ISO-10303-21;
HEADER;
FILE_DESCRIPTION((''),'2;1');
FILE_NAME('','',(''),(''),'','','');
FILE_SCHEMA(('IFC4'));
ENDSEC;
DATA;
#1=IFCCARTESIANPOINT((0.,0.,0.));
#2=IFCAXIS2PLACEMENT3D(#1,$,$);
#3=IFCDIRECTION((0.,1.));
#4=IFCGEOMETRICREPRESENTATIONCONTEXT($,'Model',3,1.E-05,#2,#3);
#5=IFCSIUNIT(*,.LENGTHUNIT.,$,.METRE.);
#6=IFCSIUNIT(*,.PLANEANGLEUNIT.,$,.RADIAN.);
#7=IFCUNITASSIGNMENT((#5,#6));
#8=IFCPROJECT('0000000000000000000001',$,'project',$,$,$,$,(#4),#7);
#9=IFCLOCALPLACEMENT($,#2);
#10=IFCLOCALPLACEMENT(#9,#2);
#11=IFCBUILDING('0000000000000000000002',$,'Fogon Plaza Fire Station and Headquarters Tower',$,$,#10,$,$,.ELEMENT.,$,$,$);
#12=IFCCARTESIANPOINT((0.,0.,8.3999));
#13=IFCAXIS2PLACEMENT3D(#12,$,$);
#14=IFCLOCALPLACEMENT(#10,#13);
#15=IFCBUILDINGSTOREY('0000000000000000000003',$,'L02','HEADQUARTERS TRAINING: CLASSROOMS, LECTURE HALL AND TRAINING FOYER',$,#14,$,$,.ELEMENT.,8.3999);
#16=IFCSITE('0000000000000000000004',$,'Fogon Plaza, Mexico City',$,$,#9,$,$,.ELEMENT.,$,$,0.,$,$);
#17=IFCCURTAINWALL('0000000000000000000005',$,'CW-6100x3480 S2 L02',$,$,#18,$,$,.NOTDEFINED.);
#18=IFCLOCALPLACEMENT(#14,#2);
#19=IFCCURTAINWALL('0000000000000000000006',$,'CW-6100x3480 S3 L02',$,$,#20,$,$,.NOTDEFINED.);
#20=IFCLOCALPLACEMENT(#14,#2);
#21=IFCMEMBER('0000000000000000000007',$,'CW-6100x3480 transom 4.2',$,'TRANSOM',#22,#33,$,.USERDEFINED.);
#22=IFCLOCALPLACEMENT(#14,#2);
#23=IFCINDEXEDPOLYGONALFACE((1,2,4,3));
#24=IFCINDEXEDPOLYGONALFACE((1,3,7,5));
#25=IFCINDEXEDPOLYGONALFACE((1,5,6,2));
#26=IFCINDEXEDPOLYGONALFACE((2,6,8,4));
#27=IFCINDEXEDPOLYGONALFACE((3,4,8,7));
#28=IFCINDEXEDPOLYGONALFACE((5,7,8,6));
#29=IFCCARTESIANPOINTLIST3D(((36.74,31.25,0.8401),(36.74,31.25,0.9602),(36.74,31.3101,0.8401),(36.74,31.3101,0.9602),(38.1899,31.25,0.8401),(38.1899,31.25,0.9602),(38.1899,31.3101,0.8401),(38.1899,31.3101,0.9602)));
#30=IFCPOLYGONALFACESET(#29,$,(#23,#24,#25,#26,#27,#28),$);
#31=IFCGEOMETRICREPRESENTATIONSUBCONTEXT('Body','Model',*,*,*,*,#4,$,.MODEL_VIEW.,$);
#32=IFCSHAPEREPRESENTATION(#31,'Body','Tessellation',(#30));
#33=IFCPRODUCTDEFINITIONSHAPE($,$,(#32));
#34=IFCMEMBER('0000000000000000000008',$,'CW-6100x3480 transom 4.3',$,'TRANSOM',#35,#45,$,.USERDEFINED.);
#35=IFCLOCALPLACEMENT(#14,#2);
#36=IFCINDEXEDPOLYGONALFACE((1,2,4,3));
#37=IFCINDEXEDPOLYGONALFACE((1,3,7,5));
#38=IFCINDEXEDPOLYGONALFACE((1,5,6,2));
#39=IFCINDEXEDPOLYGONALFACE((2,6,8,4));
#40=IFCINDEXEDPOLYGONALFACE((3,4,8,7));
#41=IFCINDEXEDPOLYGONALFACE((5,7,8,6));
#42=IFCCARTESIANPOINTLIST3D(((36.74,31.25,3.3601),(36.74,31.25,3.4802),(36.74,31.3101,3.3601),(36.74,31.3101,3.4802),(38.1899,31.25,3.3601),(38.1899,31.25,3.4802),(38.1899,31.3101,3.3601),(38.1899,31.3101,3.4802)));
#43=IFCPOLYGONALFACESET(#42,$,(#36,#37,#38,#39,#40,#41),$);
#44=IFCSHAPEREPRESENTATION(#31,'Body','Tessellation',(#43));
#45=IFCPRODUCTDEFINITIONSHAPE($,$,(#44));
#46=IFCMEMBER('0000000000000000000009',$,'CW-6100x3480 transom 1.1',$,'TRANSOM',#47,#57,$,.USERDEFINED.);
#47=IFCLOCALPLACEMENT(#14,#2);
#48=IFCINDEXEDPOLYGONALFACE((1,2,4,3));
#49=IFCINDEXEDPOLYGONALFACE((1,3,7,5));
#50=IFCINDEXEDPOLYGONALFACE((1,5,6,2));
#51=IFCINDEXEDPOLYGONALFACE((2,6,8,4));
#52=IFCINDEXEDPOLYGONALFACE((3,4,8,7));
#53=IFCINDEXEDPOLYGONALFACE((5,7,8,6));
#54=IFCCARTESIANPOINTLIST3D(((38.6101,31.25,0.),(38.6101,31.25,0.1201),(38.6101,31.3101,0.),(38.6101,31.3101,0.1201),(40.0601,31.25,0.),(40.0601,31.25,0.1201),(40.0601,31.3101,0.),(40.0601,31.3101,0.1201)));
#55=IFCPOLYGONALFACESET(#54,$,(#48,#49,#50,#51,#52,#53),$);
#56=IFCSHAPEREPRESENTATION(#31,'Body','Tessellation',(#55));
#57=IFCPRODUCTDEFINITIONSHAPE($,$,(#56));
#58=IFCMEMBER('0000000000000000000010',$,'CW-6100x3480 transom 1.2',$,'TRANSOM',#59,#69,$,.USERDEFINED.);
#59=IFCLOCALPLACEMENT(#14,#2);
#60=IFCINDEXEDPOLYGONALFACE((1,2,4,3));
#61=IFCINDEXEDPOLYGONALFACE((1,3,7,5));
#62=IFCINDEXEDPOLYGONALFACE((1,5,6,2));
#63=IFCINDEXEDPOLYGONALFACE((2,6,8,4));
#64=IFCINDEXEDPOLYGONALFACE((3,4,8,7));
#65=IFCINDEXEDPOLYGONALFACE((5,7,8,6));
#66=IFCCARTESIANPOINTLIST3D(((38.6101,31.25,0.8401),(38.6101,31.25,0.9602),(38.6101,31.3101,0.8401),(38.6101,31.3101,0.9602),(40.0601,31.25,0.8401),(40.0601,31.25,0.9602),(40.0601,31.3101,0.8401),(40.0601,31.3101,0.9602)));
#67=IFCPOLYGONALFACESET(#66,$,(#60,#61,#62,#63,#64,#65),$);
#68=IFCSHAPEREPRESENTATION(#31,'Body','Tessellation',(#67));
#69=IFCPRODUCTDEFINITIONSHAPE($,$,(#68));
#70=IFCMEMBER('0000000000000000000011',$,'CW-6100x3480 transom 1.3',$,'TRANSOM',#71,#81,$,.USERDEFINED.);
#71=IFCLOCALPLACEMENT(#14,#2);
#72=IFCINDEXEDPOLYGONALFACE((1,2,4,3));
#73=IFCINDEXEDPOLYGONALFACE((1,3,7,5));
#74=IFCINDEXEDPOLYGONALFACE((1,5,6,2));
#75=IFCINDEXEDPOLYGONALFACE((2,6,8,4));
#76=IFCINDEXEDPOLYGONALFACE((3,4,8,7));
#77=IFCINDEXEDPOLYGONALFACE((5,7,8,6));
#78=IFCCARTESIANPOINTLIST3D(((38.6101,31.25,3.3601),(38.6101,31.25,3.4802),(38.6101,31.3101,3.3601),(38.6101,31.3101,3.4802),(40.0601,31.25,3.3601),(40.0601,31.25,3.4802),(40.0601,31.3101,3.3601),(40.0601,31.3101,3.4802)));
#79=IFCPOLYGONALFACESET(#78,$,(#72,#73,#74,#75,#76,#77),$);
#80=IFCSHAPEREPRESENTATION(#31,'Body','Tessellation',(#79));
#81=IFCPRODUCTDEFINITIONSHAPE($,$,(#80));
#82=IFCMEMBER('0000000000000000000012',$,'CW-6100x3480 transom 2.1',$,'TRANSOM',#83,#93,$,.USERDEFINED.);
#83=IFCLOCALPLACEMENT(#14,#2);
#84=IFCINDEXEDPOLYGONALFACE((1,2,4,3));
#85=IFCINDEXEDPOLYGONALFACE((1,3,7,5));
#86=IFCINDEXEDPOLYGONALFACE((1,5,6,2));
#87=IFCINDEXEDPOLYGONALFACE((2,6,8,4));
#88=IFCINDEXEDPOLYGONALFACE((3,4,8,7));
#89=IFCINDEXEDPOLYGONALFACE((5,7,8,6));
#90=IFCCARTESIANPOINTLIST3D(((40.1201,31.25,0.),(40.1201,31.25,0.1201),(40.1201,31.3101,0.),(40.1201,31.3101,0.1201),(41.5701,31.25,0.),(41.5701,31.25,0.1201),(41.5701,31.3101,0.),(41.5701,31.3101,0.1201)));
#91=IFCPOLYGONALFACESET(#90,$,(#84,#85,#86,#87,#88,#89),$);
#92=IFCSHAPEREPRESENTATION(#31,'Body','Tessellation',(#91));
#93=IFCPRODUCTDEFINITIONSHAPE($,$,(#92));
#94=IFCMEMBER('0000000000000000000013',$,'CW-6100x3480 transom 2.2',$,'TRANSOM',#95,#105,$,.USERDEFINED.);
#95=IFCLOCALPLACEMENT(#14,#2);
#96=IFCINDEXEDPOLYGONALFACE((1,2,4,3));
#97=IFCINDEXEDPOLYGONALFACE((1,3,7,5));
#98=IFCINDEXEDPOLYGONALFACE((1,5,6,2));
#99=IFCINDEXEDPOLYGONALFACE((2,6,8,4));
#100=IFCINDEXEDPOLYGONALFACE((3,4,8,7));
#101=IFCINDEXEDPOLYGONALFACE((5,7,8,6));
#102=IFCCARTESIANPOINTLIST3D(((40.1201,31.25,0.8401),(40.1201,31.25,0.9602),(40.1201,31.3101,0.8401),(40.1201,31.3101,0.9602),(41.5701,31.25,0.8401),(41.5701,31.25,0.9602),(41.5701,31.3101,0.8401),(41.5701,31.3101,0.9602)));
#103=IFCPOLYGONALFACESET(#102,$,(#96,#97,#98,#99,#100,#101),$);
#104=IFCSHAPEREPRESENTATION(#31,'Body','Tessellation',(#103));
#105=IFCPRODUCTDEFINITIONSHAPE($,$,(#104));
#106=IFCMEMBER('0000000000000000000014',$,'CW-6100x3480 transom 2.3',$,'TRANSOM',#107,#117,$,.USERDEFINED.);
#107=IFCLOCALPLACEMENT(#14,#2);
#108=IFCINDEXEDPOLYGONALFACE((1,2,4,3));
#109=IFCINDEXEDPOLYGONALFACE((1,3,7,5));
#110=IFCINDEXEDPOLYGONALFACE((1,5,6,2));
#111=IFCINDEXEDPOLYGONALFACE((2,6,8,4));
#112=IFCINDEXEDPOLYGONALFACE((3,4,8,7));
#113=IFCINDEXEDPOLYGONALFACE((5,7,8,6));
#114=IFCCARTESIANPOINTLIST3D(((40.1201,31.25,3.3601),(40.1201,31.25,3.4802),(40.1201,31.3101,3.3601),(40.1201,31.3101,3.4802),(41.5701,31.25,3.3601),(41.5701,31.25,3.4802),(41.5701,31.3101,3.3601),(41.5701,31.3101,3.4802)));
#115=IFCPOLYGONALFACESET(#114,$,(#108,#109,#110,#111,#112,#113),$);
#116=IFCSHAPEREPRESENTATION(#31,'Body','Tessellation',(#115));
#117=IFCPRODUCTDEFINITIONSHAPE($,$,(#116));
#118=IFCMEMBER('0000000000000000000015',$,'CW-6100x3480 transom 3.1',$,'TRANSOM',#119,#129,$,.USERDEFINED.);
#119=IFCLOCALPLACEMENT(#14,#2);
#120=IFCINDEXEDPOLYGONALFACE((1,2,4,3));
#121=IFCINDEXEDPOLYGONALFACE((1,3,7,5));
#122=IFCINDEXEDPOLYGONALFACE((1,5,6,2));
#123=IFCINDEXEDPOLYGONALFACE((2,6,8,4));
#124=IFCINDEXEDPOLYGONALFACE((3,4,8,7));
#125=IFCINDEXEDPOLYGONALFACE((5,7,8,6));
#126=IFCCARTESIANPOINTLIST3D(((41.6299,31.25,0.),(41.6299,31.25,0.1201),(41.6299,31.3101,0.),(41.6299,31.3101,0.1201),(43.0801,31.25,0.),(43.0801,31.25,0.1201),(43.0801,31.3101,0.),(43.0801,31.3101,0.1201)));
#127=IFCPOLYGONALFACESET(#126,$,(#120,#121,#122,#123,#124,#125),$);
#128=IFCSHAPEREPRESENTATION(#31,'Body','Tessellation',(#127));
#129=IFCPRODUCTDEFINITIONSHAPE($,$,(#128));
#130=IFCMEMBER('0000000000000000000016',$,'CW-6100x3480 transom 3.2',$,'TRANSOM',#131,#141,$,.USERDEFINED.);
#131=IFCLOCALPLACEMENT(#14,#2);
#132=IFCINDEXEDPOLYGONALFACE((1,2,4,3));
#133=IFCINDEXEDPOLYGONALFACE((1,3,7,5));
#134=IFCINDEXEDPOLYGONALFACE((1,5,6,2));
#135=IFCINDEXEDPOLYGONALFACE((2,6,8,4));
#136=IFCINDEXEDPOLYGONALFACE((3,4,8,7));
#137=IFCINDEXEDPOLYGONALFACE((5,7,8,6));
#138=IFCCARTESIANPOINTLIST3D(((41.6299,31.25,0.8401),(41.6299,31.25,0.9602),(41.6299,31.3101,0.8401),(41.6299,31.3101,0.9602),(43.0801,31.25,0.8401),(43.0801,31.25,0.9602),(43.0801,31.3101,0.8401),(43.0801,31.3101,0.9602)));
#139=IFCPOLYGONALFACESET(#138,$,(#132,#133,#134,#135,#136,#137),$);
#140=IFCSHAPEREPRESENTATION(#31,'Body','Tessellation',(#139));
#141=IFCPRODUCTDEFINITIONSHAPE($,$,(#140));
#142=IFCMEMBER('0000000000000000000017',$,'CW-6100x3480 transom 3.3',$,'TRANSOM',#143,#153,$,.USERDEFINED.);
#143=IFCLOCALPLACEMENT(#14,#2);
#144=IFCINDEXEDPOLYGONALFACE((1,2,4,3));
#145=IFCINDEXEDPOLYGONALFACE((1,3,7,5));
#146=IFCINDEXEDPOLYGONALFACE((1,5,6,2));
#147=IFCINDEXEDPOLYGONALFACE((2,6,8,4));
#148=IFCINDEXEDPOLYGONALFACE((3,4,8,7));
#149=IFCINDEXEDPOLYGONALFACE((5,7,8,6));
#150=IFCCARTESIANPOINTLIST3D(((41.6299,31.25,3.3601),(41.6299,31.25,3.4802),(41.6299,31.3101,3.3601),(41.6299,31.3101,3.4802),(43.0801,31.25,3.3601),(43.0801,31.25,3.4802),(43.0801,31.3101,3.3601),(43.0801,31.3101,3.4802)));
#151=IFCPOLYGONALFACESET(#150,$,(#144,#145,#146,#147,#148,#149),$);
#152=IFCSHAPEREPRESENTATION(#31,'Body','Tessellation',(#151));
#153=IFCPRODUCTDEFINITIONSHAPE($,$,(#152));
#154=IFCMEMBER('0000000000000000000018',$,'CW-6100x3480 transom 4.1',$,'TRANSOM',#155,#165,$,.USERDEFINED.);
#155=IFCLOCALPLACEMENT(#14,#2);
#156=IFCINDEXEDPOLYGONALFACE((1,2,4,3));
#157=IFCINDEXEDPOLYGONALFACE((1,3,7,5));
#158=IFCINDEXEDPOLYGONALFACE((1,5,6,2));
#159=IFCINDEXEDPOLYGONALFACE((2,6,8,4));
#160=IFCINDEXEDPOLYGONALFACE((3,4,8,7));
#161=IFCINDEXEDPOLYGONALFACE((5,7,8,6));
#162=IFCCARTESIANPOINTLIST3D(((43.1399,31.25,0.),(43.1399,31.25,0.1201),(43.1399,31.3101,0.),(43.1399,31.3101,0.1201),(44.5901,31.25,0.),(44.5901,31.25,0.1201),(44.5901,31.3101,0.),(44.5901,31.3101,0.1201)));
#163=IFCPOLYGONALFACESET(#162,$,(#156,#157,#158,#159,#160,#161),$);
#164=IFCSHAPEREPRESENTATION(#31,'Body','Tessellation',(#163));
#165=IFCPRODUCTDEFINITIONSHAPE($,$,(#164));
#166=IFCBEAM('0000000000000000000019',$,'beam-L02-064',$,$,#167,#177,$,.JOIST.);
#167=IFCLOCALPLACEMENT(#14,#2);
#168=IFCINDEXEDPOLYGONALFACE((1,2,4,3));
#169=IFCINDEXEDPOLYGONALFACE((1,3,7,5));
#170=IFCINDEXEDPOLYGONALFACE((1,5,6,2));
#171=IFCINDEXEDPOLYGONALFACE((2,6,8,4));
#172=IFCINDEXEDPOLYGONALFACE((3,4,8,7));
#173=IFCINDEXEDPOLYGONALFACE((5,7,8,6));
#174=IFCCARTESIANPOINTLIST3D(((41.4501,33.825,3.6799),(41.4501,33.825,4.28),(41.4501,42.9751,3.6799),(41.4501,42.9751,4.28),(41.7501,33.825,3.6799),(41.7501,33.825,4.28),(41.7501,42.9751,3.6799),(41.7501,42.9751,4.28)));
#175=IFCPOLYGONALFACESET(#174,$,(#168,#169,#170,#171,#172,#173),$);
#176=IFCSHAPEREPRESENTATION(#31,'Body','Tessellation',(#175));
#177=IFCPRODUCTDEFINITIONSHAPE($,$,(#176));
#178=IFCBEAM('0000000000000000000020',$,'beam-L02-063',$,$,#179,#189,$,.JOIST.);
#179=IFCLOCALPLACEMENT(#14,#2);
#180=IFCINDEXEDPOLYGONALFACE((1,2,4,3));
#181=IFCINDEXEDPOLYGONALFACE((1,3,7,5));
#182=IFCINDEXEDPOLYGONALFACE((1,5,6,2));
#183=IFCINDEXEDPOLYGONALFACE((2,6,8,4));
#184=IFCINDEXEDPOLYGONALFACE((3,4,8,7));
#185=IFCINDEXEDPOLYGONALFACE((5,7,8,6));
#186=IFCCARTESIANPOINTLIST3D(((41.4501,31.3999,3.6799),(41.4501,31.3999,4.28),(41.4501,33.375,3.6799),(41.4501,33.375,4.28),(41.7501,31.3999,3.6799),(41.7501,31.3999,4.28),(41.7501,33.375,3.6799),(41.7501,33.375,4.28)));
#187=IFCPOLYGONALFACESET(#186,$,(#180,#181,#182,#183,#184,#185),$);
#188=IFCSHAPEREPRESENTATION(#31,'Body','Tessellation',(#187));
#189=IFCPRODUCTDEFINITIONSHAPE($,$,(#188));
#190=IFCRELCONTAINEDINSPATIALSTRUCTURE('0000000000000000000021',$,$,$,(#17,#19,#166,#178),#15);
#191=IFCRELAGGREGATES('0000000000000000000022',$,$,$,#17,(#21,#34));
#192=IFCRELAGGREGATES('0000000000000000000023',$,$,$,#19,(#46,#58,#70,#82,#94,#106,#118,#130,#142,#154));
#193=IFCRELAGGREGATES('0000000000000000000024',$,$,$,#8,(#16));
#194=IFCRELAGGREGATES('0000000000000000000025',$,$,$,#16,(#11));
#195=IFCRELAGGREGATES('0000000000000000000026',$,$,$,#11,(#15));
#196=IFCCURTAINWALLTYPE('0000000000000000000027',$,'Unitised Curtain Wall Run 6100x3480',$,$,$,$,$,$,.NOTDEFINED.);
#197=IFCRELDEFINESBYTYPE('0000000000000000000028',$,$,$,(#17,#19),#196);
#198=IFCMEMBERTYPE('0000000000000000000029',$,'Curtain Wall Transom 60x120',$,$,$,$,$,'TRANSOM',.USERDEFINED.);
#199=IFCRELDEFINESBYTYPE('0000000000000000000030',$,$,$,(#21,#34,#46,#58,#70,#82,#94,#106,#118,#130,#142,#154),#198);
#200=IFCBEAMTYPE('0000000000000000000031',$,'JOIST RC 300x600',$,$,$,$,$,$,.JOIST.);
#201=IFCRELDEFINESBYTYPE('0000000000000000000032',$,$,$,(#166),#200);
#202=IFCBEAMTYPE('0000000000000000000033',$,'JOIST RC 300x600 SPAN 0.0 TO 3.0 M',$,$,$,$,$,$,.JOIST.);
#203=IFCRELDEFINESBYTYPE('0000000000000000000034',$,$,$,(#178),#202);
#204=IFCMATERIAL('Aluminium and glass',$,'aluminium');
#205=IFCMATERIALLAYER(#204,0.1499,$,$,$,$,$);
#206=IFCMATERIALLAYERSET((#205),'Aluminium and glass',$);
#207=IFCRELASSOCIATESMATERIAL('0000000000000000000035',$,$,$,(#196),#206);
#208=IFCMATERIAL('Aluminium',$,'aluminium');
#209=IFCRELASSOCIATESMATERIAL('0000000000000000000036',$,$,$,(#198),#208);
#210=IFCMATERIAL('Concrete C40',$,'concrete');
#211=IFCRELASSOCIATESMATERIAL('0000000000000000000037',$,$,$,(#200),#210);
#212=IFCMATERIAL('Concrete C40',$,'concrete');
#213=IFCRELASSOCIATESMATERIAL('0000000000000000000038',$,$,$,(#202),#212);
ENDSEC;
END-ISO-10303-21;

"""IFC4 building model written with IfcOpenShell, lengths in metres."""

from ifc_helpers import new_model, si_unit, direction, frame, origin, origin_2d, place, context, subcontext, project, spatial, rectangle, extrude, material, layer, layer_set, material_profile, profile_set, type_object, element, aggregate, save


model = new_model("IFC4")

# Units and contexts
model_context = context("Model", 3, precision=1e-05, world=origin(), true_north=direction((0.0, 1.0)))
body_context = subcontext(model_context, "Body", "Model", "MODEL_VIEW")
ifc_project = project(units=[si_unit("LENGTHUNIT", "METRE"), si_unit("PLANEANGLEUNIT", "RADIAN")], contexts=[model_context])

# Site, building, storey
site_placement = place(None, origin())
site = spatial("IfcSite", under=ifc_project, at=site_placement, Name="Fogon Plaza, Mexico City", CompositionType="ELEMENT", RefElevation=0.0)
building_placement = place(site_placement, origin())
building = spatial("IfcBuilding", under=site, at=building_placement, Name="Fogon Plaza Fire Station and Headquarters Tower", CompositionType="ELEMENT")
storey_placement = place(building_placement, frame((0.0, 0.0, 8.3999)))
storey = spatial("IfcBuildingStorey", under=building, at=storey_placement, Name="L02", Description="HEADQUARTERS TRAINING: CLASSROOMS, LECTURE HALL AND TRAINING FOYER", CompositionType="ELEMENT", Elevation=8.3999)

# Curtain walls
ifc_material_1 = material(Name="Aluminium and glass", Category="aluminium")
ifc_layer_1 = layer(ifc_material_1, 0.1499)
ifc_layer_set_1 = layer_set([ifc_layer_1], Name="Aluminium and glass")
curtain_wall_type = type_object("IfcCurtainWallType", Name="Unitised Curtain Wall Run 6100x3480", PredefinedType="NOTDEFINED", material=ifc_layer_set_1)
curtain_wall_1_placement = place(storey_placement, origin())
curtain_wall_1 = element("IfcCurtainWall", 1, at=curtain_wall_1_placement, inside=storey, type_object=curtain_wall_type, Name="CW-6100x3480 S2 L02", PredefinedType="NOTDEFINED")
curtain_wall_2_placement = place(storey_placement, origin())
curtain_wall_2 = element("IfcCurtainWall", 2, at=curtain_wall_2_placement, inside=storey, type_object=curtain_wall_type, Name="CW-6100x3480 S3 L02", PredefinedType="NOTDEFINED")

# Members
ifc_material_2 = material(Name="Aluminium", Category="aluminium")
ifc_material_profile_1 = material_profile(ifc_material_2, rectangle(XDim=0.0601, YDim=0.1201, at=origin_2d()), Name="Curtain Wall Transom 60x120")
ifc_profile_set_1 = profile_set([ifc_material_profile_1], Name="Aluminium")
member_type_1 = type_object("IfcMemberType", Name="Curtain Wall Transom 60x120", ElementType="TRANSOM", PredefinedType="USERDEFINED", material=ifc_profile_set_1)
member_1_placement = place(storey_placement, frame((36.74, 31.28, 0.9001), z_axis=(1.0, 0.0, 0.0), x_axis=(0.0, 1.0, 0.0)))
member_1 = element("IfcMember", 3, at=member_1_placement, type_object=member_type_1, Name="CW-6100x3480 transom 4.2", ObjectType="TRANSOM", PredefinedType="USERDEFINED", context=body_context, shape_type="SweptSolid", body=[
    extrude(rectangle(XDim=0.0601, YDim=0.1201, at=origin_2d()), origin(), (0.0, 0.0, 1.0), 1.45),
])
member_2_placement = place(storey_placement, frame((36.74, 31.28, 3.4202), z_axis=(1.0, 0.0, 0.0), x_axis=(0.0, 1.0, 0.0)))
member_2 = element("IfcMember", 4, at=member_2_placement, type_object=member_type_1, Name="CW-6100x3480 transom 4.3", ObjectType="TRANSOM", PredefinedType="USERDEFINED", context=body_context, shape_type="SweptSolid", body=[
    extrude(rectangle(XDim=0.0601, YDim=0.1201, at=origin_2d()), origin(), (0.0, 0.0, 1.0), 1.45),
])
member_3_placement = place(storey_placement, frame((38.6101, 31.28, 0.0601), z_axis=(1.0, 0.0, 0.0), x_axis=(0.0, 1.0, 0.0)))
member_3 = element("IfcMember", 5, at=member_3_placement, type_object=member_type_1, Name="CW-6100x3480 transom 1.1", ObjectType="TRANSOM", PredefinedType="USERDEFINED", context=body_context, shape_type="SweptSolid", body=[
    extrude(rectangle(XDim=0.0601, YDim=0.1201, at=origin_2d()), origin(), (0.0, 0.0, 1.0), 1.45),
])
member_4_placement = place(storey_placement, frame((38.6101, 31.28, 0.9001), z_axis=(1.0, 0.0, 0.0), x_axis=(0.0, 1.0, 0.0)))
member_4 = element("IfcMember", 6, at=member_4_placement, type_object=member_type_1, Name="CW-6100x3480 transom 1.2", ObjectType="TRANSOM", PredefinedType="USERDEFINED", context=body_context, shape_type="SweptSolid", body=[
    extrude(rectangle(XDim=0.0601, YDim=0.1201, at=origin_2d()), origin(), (0.0, 0.0, 1.0), 1.45),
])
member_5_placement = place(storey_placement, frame((38.6101, 31.28, 3.4202), z_axis=(1.0, 0.0, 0.0), x_axis=(0.0, 1.0, 0.0)))
member_5 = element("IfcMember", 7, at=member_5_placement, type_object=member_type_1, Name="CW-6100x3480 transom 1.3", ObjectType="TRANSOM", PredefinedType="USERDEFINED", context=body_context, shape_type="SweptSolid", body=[
    extrude(rectangle(XDim=0.0601, YDim=0.1201, at=origin_2d()), origin(), (0.0, 0.0, 1.0), 1.45),
])
member_6_placement = place(storey_placement, frame((40.1201, 31.28, 0.0601), z_axis=(1.0, 0.0, 0.0), x_axis=(0.0, 1.0, 0.0)))
member_6 = element("IfcMember", 8, at=member_6_placement, type_object=member_type_1, Name="CW-6100x3480 transom 2.1", ObjectType="TRANSOM", PredefinedType="USERDEFINED", context=body_context, shape_type="SweptSolid", body=[
    extrude(rectangle(XDim=0.0601, YDim=0.1201, at=origin_2d()), origin(), (0.0, 0.0, 1.0), 1.45),
])
member_7_placement = place(storey_placement, frame((40.1201, 31.28, 0.9001), z_axis=(1.0, 0.0, 0.0), x_axis=(0.0, 1.0, 0.0)))
member_7 = element("IfcMember", 9, at=member_7_placement, type_object=member_type_1, Name="CW-6100x3480 transom 2.2", ObjectType="TRANSOM", PredefinedType="USERDEFINED", context=body_context, shape_type="SweptSolid", body=[
    extrude(rectangle(XDim=0.0601, YDim=0.1201, at=origin_2d()), origin(), (0.0, 0.0, 1.0), 1.45),
])
member_8_placement = place(storey_placement, frame((40.1201, 31.28, 3.4202), z_axis=(1.0, 0.0, 0.0), x_axis=(0.0, 1.0, 0.0)))
member_8 = element("IfcMember", 10, at=member_8_placement, type_object=member_type_1, Name="CW-6100x3480 transom 2.3", ObjectType="TRANSOM", PredefinedType="USERDEFINED", context=body_context, shape_type="SweptSolid", body=[
    extrude(rectangle(XDim=0.0601, YDim=0.1201, at=origin_2d()), origin(), (0.0, 0.0, 1.0), 1.45),
])
member_9_placement = place(storey_placement, frame((41.6299, 31.28, 0.0601), z_axis=(1.0, 0.0, 0.0), x_axis=(0.0, 1.0, 0.0)))
member_9 = element("IfcMember", 11, at=member_9_placement, type_object=member_type_1, Name="CW-6100x3480 transom 3.1", ObjectType="TRANSOM", PredefinedType="USERDEFINED", context=body_context, shape_type="SweptSolid", body=[
    extrude(rectangle(XDim=0.0601, YDim=0.1201, at=origin_2d()), origin(), (0.0, 0.0, 1.0), 1.4502),
])
member_10_placement = place(storey_placement, frame((41.6299, 31.28, 0.9001), z_axis=(1.0, 0.0, 0.0), x_axis=(0.0, 1.0, 0.0)))
member_10 = element("IfcMember", 12, at=member_10_placement, type_object=member_type_1, Name="CW-6100x3480 transom 3.2", ObjectType="TRANSOM", PredefinedType="USERDEFINED", context=body_context, shape_type="SweptSolid", body=[
    extrude(rectangle(XDim=0.0601, YDim=0.1201, at=origin_2d()), origin(), (0.0, 0.0, 1.0), 1.4502),
])
member_11_placement = place(storey_placement, frame((41.6299, 31.28, 3.4202), z_axis=(1.0, 0.0, 0.0), x_axis=(0.0, 1.0, 0.0)))
member_11 = element("IfcMember", 13, at=member_11_placement, type_object=member_type_1, Name="CW-6100x3480 transom 3.3", ObjectType="TRANSOM", PredefinedType="USERDEFINED", context=body_context, shape_type="SweptSolid", body=[
    extrude(rectangle(XDim=0.0601, YDim=0.1201, at=origin_2d()), origin(), (0.0, 0.0, 1.0), 1.4502),
])
member_12_placement = place(storey_placement, frame((43.1399, 31.28, 0.0601), z_axis=(1.0, 0.0, 0.0), x_axis=(0.0, 1.0, 0.0)))
member_12 = element("IfcMember", 14, at=member_12_placement, type_object=member_type_1, Name="CW-6100x3480 transom 4.1", ObjectType="TRANSOM", PredefinedType="USERDEFINED", context=body_context, shape_type="SweptSolid", body=[
    extrude(rectangle(XDim=0.0601, YDim=0.1201, at=origin_2d()), origin(), (0.0, 0.0, 1.0), 1.4502),
])

# Beams
ifc_material_3 = material(Name="Concrete C40", Category="concrete")
ifc_material_profile_2 = material_profile(ifc_material_3, rectangle(XDim=0.3, YDim=0.6001, at=origin_2d()), Name="RC 300x600")
ifc_profile_set_2 = profile_set([ifc_material_profile_2], Name="Concrete C40")
beam_type_1 = type_object("IfcBeamType", Name="JOIST RC 300x600", PredefinedType="JOIST", material=ifc_profile_set_2)
beam_1_placement = place(storey_placement, frame((41.6001, 33.825, 3.98), z_axis=(0.0, 1.0, 0.0), x_axis=(-1.0, 0.0, 0.0)))
element("IfcBeam", 15, at=beam_1_placement, inside=storey, type_object=beam_type_1, Name="beam-L02-064", PredefinedType="JOIST", context=body_context, shape_type="SweptSolid", body=[
    extrude(rectangle(XDim=0.3, YDim=0.6001, at=origin_2d()), origin(), (0.0, 0.0, 1.0), 9.1501),
])
ifc_material_4 = material(Name="Concrete C40", Category="concrete")
ifc_material_profile_3 = material_profile(ifc_material_4, rectangle(XDim=0.3, YDim=0.6001, at=origin_2d()), Name="RC 300x600")
ifc_profile_set_3 = profile_set([ifc_material_profile_3], Name="Concrete C40")
beam_type_2 = type_object("IfcBeamType", Name="JOIST RC 300x600 SPAN 0.0 TO 3.0 M", PredefinedType="JOIST", material=ifc_profile_set_3)
beam_2_placement = place(storey_placement, frame((41.6001, 31.3999, 3.98), z_axis=(0.0, 1.0, 0.0), x_axis=(-1.0, 0.0, 0.0)))
element("IfcBeam", 16, at=beam_2_placement, inside=storey, type_object=beam_type_2, Name="beam-L02-063", PredefinedType="JOIST", context=body_context, shape_type="SweptSolid", body=[
    extrude(rectangle(XDim=0.3, YDim=0.6001, at=origin_2d()), origin(), (0.0, 0.0, 1.0), 1.9751),
])

aggregate(curtain_wall_1, [member_1, member_2])
aggregate(curtain_wall_2, [member_3, member_4, member_5, member_6, member_7, member_8, member_9, member_10, member_11, member_12])

save(model, "model.ifc")
